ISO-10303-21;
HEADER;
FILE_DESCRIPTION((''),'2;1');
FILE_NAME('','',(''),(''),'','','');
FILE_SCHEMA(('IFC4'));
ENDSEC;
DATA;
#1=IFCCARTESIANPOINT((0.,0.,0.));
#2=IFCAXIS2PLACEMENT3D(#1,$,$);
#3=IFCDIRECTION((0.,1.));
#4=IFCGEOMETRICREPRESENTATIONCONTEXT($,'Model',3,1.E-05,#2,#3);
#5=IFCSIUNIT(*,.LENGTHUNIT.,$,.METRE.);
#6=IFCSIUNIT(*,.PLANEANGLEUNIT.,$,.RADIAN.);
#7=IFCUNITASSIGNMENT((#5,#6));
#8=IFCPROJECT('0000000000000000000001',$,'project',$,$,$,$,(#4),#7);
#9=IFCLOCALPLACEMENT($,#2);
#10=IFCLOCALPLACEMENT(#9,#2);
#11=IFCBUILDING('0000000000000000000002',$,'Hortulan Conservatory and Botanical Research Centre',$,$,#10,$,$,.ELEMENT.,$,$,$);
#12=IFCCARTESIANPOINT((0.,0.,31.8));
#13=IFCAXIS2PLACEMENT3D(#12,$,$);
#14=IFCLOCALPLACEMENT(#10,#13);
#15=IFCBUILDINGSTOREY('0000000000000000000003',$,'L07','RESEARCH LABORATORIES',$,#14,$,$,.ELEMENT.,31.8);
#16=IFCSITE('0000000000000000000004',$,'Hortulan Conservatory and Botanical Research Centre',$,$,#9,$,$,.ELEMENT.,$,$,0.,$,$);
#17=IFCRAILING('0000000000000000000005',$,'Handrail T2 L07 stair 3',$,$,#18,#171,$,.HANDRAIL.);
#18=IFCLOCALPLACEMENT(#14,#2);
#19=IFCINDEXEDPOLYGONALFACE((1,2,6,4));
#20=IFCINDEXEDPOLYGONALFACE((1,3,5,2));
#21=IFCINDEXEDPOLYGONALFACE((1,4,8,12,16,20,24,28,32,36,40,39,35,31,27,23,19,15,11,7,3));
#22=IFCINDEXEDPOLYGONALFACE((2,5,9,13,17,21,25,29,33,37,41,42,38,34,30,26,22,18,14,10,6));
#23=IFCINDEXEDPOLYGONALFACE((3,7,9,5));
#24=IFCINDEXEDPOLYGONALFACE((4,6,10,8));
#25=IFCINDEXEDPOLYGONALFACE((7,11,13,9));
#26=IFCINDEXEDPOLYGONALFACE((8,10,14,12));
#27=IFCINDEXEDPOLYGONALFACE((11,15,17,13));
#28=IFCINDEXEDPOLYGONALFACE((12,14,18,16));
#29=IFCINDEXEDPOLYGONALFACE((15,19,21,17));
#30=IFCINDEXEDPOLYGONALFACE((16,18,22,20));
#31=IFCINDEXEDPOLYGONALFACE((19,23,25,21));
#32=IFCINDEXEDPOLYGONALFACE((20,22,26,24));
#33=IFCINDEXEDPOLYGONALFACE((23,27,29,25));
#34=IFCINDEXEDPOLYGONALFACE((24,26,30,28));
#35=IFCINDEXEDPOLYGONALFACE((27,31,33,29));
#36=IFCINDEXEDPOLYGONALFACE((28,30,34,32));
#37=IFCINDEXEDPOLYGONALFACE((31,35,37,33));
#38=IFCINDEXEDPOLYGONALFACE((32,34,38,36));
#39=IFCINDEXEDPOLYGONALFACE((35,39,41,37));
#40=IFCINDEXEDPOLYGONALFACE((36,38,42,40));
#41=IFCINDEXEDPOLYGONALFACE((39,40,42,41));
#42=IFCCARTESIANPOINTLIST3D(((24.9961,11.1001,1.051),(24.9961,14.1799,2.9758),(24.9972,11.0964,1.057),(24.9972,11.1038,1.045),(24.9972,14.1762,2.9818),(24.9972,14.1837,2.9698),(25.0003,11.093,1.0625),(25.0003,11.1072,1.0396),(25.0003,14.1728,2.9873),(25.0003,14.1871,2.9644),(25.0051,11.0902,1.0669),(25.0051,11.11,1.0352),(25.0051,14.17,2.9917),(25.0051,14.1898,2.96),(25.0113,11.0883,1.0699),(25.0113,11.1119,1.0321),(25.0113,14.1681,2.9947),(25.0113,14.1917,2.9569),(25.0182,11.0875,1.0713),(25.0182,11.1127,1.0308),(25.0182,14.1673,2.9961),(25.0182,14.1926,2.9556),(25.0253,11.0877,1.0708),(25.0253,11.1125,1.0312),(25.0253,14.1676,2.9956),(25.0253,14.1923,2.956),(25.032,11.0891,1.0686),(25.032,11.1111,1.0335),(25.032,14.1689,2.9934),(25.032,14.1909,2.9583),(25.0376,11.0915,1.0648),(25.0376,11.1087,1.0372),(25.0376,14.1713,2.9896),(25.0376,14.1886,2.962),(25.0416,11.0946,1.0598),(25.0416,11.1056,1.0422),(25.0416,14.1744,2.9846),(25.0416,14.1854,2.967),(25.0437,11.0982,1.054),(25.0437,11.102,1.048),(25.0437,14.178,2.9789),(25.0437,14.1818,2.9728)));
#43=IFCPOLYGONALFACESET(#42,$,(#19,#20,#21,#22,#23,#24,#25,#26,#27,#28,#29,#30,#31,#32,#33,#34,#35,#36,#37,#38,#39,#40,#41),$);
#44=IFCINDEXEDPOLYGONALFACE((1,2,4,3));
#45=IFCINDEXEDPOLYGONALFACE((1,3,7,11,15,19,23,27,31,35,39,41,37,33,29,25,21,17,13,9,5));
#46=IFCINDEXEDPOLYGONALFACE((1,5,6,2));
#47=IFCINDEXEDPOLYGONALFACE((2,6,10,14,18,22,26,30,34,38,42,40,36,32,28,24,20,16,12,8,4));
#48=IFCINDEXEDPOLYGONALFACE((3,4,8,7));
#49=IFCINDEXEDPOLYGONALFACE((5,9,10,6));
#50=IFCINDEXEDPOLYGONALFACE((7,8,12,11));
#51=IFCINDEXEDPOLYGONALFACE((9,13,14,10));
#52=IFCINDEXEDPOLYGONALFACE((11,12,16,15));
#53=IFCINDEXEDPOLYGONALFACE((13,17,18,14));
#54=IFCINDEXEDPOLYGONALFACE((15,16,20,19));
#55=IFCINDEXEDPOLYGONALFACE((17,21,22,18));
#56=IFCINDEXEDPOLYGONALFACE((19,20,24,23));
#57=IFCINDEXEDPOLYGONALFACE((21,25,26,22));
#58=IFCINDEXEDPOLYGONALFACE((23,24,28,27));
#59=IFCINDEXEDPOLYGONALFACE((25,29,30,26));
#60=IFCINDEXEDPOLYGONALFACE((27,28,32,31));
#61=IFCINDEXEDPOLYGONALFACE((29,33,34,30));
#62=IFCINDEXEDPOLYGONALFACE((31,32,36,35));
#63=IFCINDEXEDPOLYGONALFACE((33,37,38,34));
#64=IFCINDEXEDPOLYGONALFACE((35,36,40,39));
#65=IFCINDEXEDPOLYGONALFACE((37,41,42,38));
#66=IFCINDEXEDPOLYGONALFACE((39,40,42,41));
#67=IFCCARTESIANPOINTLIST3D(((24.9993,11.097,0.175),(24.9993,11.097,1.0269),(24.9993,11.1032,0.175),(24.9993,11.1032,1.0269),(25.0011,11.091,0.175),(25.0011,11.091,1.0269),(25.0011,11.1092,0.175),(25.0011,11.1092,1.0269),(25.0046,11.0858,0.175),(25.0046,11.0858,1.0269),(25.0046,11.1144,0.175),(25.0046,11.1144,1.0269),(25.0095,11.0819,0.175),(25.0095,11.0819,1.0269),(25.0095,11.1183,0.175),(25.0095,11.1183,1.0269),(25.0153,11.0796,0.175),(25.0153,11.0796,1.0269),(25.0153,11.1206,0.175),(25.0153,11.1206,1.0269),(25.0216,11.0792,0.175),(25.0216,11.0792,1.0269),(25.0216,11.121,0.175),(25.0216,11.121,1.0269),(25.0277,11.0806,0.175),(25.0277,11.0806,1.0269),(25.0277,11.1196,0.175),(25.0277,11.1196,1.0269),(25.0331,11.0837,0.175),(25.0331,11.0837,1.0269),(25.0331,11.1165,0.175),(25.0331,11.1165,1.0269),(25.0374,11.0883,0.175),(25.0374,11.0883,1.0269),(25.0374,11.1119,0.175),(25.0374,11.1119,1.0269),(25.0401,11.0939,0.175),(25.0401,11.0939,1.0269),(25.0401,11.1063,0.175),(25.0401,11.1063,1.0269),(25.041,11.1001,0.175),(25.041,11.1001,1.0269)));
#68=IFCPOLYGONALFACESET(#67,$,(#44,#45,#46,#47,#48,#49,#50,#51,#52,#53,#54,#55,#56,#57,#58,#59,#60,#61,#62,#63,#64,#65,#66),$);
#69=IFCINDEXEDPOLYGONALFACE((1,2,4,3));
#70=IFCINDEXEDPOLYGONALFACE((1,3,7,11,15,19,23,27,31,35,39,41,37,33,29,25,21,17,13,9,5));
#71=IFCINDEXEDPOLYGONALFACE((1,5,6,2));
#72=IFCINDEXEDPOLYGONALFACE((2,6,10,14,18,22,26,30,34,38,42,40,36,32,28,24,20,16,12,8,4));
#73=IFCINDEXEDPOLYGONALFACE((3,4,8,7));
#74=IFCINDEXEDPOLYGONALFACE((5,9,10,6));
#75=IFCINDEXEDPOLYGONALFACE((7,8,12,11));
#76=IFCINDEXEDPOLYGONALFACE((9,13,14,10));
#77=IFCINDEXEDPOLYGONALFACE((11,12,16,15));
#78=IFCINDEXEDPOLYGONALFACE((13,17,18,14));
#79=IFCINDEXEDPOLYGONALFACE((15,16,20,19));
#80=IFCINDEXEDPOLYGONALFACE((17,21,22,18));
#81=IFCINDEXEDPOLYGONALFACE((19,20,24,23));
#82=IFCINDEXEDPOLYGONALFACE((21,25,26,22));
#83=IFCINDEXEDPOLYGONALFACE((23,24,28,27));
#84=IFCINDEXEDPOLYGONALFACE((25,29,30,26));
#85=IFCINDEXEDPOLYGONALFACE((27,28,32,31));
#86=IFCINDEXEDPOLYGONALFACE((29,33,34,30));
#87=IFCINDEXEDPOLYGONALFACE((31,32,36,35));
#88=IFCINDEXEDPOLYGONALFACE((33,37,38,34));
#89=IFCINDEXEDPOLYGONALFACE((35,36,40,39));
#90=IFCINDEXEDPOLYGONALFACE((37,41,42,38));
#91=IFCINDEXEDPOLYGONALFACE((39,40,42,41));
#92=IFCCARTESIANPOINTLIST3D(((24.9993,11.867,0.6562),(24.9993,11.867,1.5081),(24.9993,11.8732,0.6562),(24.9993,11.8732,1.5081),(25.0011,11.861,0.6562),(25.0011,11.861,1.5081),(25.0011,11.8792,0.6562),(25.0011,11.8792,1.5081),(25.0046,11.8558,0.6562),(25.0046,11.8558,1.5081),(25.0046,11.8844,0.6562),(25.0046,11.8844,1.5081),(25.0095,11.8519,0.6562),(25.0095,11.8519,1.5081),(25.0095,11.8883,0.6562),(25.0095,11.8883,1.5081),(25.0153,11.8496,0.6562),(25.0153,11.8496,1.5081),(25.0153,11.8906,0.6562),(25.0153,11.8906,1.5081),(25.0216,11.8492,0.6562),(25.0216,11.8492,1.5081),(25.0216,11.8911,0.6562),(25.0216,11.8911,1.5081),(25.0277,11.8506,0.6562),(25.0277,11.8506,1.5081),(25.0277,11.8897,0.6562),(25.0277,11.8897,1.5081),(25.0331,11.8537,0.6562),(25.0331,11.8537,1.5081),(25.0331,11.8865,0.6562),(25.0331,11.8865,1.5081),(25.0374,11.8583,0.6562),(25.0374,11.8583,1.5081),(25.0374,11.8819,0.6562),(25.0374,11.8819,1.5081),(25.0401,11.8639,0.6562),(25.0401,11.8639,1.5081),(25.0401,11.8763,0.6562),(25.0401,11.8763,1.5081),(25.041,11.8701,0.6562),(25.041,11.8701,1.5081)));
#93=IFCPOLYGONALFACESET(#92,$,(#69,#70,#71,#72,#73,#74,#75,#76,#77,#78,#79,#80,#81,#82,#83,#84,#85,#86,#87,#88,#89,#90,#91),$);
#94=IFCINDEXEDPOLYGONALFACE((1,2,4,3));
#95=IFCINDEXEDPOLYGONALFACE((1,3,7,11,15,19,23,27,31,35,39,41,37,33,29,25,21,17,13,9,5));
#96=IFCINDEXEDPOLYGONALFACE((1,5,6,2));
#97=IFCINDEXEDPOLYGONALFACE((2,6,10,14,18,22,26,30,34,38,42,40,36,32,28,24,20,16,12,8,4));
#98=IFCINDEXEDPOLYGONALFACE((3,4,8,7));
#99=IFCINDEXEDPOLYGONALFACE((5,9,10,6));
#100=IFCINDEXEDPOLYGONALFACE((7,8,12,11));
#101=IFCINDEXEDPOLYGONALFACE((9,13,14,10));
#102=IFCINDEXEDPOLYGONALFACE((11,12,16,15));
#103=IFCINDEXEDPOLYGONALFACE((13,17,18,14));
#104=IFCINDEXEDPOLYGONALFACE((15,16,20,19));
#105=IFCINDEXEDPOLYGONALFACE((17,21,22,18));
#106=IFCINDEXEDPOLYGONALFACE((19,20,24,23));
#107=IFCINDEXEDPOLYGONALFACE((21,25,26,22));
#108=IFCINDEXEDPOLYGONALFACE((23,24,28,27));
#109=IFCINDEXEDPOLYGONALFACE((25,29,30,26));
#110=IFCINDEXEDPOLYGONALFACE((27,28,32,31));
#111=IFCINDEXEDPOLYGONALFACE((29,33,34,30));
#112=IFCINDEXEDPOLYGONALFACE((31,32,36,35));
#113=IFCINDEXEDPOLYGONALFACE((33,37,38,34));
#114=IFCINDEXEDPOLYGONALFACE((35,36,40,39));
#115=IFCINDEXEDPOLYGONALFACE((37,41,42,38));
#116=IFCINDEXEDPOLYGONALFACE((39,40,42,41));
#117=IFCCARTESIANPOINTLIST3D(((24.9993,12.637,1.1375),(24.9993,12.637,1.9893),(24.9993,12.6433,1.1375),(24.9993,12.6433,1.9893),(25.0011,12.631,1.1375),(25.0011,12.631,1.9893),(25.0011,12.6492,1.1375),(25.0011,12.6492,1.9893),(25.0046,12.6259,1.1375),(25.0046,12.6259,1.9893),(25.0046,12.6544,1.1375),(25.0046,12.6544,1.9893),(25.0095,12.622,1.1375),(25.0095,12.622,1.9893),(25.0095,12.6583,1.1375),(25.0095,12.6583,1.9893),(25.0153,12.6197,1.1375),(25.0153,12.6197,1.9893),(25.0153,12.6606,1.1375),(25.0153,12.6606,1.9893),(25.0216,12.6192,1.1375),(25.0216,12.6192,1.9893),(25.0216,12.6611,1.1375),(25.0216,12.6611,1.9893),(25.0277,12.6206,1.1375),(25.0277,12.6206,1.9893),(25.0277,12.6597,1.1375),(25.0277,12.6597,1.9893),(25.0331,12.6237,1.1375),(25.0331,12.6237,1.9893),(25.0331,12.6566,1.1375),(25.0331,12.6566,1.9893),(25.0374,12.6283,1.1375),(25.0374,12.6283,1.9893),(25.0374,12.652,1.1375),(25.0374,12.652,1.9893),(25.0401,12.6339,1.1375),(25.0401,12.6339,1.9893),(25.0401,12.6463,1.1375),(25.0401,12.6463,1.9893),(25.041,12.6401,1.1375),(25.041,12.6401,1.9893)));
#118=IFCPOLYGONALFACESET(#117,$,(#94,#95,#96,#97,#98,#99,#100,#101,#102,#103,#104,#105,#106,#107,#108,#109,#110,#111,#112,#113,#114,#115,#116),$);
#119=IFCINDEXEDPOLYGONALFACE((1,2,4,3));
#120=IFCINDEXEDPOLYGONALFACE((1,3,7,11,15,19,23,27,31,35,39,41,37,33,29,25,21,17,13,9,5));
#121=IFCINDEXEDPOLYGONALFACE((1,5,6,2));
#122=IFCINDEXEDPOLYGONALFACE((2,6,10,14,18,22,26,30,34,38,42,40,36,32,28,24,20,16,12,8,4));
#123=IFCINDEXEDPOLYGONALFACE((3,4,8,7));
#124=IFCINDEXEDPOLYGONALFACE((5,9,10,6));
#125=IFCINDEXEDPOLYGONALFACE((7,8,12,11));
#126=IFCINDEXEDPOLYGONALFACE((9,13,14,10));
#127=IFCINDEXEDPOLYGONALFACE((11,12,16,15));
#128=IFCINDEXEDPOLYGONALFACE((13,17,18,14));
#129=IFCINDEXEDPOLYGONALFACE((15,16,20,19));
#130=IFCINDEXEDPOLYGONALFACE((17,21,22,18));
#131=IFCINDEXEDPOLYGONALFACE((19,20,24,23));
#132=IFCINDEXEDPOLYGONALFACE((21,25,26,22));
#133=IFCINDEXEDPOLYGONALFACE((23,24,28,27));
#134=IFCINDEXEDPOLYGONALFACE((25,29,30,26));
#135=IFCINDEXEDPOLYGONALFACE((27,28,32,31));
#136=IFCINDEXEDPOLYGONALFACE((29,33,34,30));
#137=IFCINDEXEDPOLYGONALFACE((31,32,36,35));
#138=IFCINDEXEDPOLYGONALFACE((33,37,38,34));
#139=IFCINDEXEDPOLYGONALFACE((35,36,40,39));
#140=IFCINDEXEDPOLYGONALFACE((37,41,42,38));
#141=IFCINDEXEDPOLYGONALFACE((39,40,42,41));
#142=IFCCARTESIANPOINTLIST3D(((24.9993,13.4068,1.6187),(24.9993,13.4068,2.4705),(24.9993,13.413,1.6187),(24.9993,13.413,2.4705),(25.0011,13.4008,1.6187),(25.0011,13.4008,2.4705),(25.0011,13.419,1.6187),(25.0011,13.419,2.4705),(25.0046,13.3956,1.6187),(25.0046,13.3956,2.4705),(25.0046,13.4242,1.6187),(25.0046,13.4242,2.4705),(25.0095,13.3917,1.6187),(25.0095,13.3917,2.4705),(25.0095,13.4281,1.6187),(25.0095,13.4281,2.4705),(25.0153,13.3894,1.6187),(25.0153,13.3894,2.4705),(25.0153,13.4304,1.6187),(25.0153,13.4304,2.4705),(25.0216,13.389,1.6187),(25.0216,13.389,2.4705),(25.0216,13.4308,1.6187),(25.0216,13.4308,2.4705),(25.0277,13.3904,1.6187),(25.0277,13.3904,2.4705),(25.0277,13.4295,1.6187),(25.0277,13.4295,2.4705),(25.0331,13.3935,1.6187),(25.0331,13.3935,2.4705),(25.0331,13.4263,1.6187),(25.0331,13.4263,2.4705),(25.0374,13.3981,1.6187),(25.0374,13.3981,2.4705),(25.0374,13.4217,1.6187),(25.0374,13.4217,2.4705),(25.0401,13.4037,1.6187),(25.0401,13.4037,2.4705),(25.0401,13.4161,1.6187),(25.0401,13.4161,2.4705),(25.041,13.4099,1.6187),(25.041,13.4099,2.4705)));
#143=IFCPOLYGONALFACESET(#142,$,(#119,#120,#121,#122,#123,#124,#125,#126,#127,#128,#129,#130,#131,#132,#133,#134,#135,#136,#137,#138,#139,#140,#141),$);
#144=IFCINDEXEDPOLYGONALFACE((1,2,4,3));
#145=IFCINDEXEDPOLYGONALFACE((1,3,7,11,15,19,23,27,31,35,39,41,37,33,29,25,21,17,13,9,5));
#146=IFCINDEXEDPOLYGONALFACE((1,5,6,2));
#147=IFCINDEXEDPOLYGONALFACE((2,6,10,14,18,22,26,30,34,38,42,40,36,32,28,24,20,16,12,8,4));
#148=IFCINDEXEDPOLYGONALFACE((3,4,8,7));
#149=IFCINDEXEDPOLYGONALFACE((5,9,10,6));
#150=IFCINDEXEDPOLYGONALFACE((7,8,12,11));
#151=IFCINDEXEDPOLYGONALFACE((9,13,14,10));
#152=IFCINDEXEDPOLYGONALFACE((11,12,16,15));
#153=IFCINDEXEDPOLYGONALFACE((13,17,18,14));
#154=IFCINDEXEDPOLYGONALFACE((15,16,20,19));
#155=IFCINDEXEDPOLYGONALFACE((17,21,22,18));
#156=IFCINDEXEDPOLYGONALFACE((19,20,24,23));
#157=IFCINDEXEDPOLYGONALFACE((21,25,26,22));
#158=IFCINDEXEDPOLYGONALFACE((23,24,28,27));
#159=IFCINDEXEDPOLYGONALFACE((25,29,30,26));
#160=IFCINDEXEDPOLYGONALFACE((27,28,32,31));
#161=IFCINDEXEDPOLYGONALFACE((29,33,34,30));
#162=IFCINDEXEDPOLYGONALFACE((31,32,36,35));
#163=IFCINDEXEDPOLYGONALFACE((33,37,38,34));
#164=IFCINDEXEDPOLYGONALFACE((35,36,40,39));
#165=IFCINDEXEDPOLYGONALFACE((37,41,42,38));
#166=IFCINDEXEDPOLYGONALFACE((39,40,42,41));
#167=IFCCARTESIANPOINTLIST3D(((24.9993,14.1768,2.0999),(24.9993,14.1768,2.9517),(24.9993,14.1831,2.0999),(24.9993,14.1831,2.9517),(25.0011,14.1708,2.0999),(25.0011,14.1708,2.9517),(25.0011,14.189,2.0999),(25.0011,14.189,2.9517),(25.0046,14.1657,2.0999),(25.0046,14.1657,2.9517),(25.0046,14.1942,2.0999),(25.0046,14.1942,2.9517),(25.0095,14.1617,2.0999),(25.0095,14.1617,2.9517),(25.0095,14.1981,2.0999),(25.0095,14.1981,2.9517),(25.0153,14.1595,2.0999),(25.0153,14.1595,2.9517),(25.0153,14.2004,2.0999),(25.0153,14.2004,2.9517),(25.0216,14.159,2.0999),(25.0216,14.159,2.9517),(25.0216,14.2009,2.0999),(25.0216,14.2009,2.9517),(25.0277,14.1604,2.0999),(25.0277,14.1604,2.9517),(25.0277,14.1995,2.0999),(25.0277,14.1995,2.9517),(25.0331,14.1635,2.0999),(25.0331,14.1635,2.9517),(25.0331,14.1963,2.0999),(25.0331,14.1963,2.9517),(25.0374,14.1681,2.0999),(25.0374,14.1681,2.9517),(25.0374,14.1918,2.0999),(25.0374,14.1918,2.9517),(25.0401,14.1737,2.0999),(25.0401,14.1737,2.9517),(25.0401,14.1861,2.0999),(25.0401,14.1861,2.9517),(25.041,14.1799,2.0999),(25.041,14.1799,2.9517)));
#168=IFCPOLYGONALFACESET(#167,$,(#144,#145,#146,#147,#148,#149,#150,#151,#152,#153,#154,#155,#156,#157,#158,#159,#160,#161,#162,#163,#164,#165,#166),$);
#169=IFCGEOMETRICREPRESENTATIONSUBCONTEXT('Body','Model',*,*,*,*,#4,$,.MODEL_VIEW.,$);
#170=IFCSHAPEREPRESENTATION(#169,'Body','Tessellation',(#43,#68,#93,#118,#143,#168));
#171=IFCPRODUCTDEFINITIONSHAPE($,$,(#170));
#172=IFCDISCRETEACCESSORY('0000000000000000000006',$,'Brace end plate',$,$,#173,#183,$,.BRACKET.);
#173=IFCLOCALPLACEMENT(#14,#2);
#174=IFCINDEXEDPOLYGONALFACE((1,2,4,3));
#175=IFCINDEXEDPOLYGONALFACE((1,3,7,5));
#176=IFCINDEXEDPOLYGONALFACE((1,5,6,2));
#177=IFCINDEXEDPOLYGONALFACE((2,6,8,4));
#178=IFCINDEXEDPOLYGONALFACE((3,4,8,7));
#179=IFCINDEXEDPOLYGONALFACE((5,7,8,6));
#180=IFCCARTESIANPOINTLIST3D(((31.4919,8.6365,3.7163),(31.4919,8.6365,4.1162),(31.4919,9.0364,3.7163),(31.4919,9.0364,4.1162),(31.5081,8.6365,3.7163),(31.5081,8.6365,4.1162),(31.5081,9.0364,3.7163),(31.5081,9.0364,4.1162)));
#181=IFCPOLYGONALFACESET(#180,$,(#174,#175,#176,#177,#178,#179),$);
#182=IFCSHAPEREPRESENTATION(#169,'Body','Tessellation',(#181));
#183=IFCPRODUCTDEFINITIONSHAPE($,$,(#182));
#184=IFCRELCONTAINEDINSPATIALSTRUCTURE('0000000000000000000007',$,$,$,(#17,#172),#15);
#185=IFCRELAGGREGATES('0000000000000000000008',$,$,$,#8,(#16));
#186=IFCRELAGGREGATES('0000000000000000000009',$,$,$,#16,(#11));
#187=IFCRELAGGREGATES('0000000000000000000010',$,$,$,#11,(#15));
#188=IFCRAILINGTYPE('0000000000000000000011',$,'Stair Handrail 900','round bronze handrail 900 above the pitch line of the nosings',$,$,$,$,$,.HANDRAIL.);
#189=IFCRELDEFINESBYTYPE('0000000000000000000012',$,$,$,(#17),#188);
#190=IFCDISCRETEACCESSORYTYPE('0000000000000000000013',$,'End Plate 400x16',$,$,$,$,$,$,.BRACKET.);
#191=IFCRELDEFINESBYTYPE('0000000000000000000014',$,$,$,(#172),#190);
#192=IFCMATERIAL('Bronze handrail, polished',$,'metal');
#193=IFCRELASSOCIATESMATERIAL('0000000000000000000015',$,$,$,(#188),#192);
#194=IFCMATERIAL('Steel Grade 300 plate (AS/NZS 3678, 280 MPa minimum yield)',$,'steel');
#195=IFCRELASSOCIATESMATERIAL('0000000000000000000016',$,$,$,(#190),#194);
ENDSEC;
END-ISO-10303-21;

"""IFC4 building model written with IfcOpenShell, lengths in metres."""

from ifc_helpers import new_model, si_unit, direction, frame, origin, origin_2d, place, context, subcontext, project, spatial, rectangle, circle, extrude, material, type_object, element, save


model = new_model("IFC4")

# Units and contexts
model_context = context("Model", 3, precision=1e-05, world=origin(), true_north=direction((0.0, 1.0)))
body_context = subcontext(model_context, "Body", "Model", "MODEL_VIEW")
ifc_project = project(units=[si_unit("LENGTHUNIT", "METRE"), si_unit("PLANEANGLEUNIT", "RADIAN")], contexts=[model_context])

# Site, building, storey
site_placement = place(None, origin())
site = spatial("IfcSite", under=ifc_project, at=site_placement, Name="Hortulan Conservatory and Botanical Research Centre", CompositionType="ELEMENT", RefElevation=0.0)
building_placement = place(site_placement, origin())
building = spatial("IfcBuilding", under=site, at=building_placement, Name="Hortulan Conservatory and Botanical Research Centre", CompositionType="ELEMENT")
storey_placement = place(building_placement, frame((0.0, 0.0, 31.8)))
storey = spatial("IfcBuildingStorey", under=building, at=storey_placement, Name="L07", Description="RESEARCH LABORATORIES", CompositionType="ELEMENT", Elevation=31.8)

# Railing
ifc_material_1 = material(Name="Bronze handrail, polished", Category="metal")
railing_type = type_object("IfcRailingType", Name="Stair Handrail 900", Description="round bronze handrail 900 above the pitch line of the nosings", PredefinedType="HANDRAIL", material=ifc_material_1)
for number, where, name in (
    (1, (25.02, 11.1001, 0.175), "Handrail T2 L07 stair 3"),
):
    element("IfcRailing", number, at=place(storey_placement, frame(where)), inside=storey, type_object=railing_type, Name=name, PredefinedType="HANDRAIL", context=body_context, shape_type="SweptSolid", body=[
        extrude(circle(Radius=0.0239, at=origin_2d()), frame((0.0, 0.0, 0.876), z_axis=(0.0, 0.84801, 0.529981), x_axis=(-1.0, 0.0, 0.0)), (0.0, 0.0, 1.0), 3.6318),
        extrude(circle(Radius=0.021, at=origin_2d()), origin(), (0.0, 0.0, 1.0), 0.8518),
        extrude(circle(Radius=0.021, at=origin_2d()), frame((0.0, 0.77, 0.4812)), (0.0, 0.0, 1.0), 0.8518),
        extrude(circle(Radius=0.021, at=origin_2d()), frame((0.0, 1.54, 0.9624)), (0.0, 0.0, 1.0), 0.8518),
        extrude(circle(Radius=0.021, at=origin_2d()), frame((0.0, 2.3098, 1.4436)), (0.0, 0.0, 1.0), 0.8518),
        extrude(circle(Radius=0.021, at=origin_2d()), frame((0.0, 3.0798, 1.9248)), (0.0, 0.0, 1.0), 0.8518),
    ])

# Discrete accessory
ifc_material_2 = material(Name="Steel Grade 300 plate (AS/NZS 3678, 280 MPa minimum yield)", Category="steel")
discrete_accessory_type = type_object("IfcDiscreteAccessoryType", Name="End Plate 400x16", PredefinedType="BRACKET", material=ifc_material_2)
discrete_accessory_placement = place(storey_placement, frame((31.5, 8.8364, 3.7163), z_axis=(0.0, 0.0, 1.0), x_axis=(0.0, -1.0, 0.0)))
element("IfcDiscreteAccessory", 2, at=discrete_accessory_placement, inside=storey, type_object=discrete_accessory_type, Name="Brace end plate", PredefinedType="BRACKET", context=body_context, shape_type="SweptSolid", body=[
    extrude(rectangle(XDim=0.3999, YDim=0.0161, at=origin_2d()), origin(), (0.0, 0.0, 1.0), 0.3999),
])

save(model, "model.ifc")
